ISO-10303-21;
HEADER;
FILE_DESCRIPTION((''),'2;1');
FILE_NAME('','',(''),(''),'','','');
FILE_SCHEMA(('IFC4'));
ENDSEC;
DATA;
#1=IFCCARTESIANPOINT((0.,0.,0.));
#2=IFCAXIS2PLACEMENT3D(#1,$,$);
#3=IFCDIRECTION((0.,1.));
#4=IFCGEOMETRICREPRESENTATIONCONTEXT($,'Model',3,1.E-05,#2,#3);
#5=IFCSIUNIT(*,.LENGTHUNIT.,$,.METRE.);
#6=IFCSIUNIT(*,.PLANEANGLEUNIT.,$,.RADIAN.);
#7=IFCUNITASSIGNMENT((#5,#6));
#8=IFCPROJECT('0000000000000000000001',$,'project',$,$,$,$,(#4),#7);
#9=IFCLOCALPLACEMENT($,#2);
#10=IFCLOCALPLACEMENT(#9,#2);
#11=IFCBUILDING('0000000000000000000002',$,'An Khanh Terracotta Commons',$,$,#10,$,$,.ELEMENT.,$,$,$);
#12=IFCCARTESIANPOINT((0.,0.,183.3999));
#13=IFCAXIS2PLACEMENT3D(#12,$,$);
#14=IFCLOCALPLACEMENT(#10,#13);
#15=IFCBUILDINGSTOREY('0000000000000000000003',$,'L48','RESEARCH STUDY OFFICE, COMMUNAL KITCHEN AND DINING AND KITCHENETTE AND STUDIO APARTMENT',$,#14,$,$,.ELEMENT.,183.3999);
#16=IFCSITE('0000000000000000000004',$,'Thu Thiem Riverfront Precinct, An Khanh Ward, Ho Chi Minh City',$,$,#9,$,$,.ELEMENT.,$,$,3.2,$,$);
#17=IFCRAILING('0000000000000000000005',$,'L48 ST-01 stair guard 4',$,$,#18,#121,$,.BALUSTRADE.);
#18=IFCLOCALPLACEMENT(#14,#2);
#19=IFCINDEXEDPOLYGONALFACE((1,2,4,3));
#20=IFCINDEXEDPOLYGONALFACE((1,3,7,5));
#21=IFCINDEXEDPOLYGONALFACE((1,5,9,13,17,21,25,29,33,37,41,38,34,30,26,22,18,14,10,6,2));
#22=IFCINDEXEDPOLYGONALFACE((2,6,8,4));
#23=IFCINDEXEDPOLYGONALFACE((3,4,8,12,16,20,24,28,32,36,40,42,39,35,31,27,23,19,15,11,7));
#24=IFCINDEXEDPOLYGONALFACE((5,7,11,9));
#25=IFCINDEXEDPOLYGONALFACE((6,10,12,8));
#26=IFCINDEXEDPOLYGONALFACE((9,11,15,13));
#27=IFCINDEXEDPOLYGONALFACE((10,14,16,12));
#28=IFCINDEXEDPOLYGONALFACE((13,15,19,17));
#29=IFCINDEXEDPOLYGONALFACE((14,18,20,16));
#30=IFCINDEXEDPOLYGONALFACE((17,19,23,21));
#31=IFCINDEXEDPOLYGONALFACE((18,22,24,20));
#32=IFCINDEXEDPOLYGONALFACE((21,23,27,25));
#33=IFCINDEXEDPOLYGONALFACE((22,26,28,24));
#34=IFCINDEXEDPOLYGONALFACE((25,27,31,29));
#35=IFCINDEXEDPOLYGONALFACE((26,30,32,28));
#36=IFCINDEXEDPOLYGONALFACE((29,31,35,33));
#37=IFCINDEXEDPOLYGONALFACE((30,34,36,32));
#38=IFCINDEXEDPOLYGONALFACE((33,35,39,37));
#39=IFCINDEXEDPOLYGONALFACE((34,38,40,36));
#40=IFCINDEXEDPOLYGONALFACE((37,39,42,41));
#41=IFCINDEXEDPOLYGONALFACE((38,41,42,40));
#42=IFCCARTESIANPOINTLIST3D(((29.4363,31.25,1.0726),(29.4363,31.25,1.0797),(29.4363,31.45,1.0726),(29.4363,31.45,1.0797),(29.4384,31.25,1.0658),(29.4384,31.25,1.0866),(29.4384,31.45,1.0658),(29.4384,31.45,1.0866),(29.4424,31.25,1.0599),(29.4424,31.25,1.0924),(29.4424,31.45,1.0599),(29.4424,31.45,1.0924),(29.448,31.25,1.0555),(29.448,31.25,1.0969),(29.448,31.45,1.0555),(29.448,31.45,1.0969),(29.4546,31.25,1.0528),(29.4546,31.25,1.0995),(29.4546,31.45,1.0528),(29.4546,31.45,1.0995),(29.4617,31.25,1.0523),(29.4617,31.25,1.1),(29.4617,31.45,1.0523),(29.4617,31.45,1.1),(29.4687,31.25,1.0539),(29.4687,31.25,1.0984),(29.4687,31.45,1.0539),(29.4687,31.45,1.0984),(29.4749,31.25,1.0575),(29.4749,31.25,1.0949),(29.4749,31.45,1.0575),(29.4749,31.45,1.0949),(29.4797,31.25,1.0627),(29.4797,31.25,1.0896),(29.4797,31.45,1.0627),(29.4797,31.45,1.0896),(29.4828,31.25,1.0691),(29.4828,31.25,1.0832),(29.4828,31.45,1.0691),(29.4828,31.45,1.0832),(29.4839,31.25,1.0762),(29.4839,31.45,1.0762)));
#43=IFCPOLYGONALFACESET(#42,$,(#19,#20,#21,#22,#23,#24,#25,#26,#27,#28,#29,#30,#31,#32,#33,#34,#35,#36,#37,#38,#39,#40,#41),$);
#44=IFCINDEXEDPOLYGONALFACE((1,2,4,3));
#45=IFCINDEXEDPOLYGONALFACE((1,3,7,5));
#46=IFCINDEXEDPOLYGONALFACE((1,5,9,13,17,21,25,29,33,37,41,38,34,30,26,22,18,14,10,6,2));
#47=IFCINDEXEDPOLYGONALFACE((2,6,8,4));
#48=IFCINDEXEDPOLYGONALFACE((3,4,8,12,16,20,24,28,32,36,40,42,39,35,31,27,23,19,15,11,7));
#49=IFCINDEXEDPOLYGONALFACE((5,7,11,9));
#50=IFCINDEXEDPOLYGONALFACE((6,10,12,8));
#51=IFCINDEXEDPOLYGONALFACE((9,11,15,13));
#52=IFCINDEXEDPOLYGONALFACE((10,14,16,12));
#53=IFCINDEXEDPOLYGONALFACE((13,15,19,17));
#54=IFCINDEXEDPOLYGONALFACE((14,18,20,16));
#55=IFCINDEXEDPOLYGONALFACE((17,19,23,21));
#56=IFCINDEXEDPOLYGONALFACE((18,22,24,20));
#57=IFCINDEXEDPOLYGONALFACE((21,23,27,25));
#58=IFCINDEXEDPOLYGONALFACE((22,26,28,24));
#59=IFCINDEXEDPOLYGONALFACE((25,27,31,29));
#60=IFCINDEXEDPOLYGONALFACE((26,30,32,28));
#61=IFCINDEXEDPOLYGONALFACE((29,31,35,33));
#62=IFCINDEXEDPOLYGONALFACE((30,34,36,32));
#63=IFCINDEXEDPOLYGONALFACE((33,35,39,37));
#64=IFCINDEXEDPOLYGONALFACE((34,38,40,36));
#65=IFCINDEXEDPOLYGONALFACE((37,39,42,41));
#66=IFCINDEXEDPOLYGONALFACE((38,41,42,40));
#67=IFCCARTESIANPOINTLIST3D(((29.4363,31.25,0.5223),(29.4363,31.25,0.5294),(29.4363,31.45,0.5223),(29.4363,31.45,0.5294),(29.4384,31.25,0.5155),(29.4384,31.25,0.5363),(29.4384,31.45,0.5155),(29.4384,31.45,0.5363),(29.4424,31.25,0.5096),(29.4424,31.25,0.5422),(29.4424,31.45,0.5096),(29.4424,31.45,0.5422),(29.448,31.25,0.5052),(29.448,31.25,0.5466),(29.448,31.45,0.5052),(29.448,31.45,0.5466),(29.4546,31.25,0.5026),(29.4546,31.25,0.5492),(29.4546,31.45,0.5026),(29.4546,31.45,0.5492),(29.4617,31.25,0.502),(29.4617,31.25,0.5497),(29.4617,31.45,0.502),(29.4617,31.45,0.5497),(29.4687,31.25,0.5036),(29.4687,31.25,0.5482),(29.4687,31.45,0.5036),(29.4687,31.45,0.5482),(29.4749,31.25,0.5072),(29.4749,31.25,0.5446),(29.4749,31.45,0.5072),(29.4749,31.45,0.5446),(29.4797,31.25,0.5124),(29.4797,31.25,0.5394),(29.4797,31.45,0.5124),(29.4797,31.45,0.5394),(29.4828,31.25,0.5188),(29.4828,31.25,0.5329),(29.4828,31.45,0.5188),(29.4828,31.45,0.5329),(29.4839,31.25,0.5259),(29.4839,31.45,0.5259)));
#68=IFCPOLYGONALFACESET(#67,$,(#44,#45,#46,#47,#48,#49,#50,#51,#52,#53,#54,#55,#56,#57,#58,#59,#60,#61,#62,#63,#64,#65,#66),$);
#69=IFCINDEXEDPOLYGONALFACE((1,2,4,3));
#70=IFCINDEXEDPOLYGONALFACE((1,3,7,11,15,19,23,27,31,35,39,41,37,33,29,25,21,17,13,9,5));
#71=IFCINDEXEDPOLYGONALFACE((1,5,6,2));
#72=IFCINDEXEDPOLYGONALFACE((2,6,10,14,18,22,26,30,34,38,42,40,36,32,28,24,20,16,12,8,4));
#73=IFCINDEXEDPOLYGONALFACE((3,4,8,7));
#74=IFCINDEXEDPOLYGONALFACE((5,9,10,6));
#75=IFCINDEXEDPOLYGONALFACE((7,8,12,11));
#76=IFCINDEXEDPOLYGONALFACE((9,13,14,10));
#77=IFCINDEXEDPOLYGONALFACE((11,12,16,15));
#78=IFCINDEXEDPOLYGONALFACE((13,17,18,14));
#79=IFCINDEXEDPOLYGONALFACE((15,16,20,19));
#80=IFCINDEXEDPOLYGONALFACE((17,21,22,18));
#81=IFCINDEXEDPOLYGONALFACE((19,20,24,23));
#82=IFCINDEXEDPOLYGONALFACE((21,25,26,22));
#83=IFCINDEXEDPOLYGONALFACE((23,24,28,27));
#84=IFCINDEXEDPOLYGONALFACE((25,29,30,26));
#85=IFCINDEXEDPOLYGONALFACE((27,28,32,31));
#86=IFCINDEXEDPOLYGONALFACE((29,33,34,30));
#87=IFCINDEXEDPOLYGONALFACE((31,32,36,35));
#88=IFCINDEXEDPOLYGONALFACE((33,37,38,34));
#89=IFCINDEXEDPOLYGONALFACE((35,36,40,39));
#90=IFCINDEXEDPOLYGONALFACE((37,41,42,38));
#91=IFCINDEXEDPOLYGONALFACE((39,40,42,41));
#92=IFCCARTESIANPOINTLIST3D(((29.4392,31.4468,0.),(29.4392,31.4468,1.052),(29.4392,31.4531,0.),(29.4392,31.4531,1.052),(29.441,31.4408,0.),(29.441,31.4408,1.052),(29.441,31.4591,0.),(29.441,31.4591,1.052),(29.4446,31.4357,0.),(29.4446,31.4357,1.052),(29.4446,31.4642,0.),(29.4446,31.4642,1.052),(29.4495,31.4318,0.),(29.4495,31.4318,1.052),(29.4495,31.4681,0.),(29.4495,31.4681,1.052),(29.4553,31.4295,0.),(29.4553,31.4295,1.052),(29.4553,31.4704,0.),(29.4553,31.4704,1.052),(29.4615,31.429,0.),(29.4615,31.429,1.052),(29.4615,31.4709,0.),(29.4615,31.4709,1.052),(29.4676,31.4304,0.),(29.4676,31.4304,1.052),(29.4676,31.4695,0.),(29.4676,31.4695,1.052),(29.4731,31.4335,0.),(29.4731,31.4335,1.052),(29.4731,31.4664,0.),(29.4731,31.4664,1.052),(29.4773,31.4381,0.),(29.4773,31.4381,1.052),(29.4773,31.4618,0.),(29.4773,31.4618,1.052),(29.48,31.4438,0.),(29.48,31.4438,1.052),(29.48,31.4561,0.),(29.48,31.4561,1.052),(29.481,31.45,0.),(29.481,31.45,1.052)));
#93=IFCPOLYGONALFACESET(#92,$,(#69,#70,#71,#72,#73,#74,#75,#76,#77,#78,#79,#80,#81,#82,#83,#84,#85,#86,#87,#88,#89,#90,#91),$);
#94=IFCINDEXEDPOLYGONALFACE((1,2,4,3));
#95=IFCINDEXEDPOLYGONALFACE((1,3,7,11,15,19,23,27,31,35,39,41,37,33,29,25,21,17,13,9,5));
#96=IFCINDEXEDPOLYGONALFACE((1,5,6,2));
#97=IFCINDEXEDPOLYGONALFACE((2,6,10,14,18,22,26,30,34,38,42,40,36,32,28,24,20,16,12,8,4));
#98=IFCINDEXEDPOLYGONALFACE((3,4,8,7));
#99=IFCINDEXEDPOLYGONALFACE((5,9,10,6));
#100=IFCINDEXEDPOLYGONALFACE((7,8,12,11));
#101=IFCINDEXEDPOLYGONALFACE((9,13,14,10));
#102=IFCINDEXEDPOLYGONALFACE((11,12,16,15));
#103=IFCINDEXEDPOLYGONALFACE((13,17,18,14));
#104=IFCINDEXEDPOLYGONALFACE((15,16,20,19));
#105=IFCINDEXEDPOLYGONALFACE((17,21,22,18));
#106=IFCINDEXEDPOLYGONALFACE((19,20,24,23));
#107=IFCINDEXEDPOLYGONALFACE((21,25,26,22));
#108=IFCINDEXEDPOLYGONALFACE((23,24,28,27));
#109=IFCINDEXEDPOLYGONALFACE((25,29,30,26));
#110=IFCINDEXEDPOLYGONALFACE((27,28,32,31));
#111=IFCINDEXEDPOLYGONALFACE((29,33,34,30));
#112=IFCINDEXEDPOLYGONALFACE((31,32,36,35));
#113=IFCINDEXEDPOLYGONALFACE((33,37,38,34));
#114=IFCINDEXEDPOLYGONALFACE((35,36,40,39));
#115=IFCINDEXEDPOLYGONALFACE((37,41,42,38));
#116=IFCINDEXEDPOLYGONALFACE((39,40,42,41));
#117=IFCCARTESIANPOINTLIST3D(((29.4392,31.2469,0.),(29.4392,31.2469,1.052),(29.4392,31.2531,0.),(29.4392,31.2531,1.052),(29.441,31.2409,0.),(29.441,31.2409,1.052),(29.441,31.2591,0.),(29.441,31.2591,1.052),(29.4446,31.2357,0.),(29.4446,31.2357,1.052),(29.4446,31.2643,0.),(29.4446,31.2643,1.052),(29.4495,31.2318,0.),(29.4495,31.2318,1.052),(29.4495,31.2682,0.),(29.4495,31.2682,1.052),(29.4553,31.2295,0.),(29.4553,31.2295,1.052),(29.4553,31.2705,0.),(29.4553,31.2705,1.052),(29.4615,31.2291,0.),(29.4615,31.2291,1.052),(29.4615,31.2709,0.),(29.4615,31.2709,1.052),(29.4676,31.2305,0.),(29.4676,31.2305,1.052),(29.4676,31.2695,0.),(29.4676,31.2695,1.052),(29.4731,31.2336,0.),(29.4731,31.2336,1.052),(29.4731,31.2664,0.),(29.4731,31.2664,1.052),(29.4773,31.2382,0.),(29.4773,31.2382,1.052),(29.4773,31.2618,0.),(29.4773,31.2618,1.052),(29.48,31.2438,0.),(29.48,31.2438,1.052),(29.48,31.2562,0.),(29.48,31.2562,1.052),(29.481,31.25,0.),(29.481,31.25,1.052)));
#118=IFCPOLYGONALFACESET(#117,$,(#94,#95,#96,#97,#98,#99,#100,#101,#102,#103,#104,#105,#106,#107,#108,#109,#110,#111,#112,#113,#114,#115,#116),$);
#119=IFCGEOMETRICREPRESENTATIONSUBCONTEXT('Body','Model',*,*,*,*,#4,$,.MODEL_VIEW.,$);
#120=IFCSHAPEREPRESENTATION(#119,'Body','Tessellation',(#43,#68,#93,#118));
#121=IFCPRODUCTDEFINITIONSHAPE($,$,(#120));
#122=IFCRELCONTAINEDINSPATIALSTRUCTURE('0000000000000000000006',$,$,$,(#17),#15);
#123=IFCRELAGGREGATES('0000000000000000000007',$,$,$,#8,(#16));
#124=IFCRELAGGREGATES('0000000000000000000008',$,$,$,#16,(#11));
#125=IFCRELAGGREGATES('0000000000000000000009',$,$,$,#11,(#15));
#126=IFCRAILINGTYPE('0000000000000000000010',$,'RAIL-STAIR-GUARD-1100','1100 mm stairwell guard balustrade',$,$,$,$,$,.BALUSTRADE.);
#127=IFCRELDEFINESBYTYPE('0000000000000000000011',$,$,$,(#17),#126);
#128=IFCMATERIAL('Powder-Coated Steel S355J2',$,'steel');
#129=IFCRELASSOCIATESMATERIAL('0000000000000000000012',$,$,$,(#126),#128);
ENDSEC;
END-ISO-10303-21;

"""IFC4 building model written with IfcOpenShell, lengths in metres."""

from ifc_helpers import new_model, si_unit, direction, frame, origin, origin_2d, place, context, subcontext, project, spatial, circle, extrude, material, type_object, element, save


model = new_model("IFC4")

# Units and contexts
model_context = context("Model", 3, precision=1e-05, world=origin(), true_north=direction((0.0, 1.0)))
body_context = subcontext(model_context, "Body", "Model", "MODEL_VIEW")
ifc_project = project(units=[si_unit("LENGTHUNIT", "METRE"), si_unit("PLANEANGLEUNIT", "RADIAN")], contexts=[model_context])

# Site, building, storey
site_placement = place(None, origin())
site = spatial("IfcSite", under=ifc_project, at=site_placement, Name="Thu Thiem Riverfront Precinct, An Khanh Ward, Ho Chi Minh City", CompositionType="ELEMENT", RefElevation=3.2)
building_placement = place(site_placement, origin())
building = spatial("IfcBuilding", under=site, at=building_placement, Name="An Khanh Terracotta Commons", CompositionType="ELEMENT")
storey_placement = place(building_placement, frame((0.0, 0.0, 183.3999)))
storey = spatial("IfcBuildingStorey", under=building, at=storey_placement, Name="L48", Description="RESEARCH STUDY OFFICE, COMMUNAL KITCHEN AND DINING AND KITCHENETTE AND STUDIO APARTMENT", CompositionType="ELEMENT", Elevation=183.3999)

# Railing
ifc_material_1 = material(Name="Powder-Coated Steel S355J2", Category="steel")
railing_type_1 = type_object("IfcRailingType", Name="RAIL-STAIR-GUARD-1100", Description="1100 mm stairwell guard balustrade", PredefinedType="BALUSTRADE", material=ifc_material_1)
railing_1_placement = place(storey_placement, frame((29.46, 31.45, 0.0)))
element("IfcRailing", 1, at=railing_1_placement, inside=storey, type_object=railing_type_1, Name="L48 ST-01 stair guard 4", PredefinedType="BALUSTRADE", context=body_context, shape_type="SweptSolid", body=[
    extrude(circle(Radius=0.0239, at=origin_2d()), frame((0.0, 0.0, 1.0762), z_axis=(0.0, -1.0, 0.0), x_axis=(1.0, 0.0, 0.0)), (0.0, 0.0, 1.0), 0.2),
    extrude(circle(Radius=0.0239, at=origin_2d()), frame((0.0, 0.0, 0.5259), z_axis=(0.0, -1.0, 0.0), x_axis=(1.0, 0.0, 0.0)), (0.0, 0.0, 1.0), 0.2),
    extrude(circle(Radius=0.021, at=origin_2d()), origin(), (0.0, 0.0, 1.0), 1.052),
    extrude(circle(Radius=0.021, at=origin_2d()), frame((0.0, -0.2, 0.0)), (0.0, 0.0, 1.0), 1.052),
])

save(model, "model.ifc")
